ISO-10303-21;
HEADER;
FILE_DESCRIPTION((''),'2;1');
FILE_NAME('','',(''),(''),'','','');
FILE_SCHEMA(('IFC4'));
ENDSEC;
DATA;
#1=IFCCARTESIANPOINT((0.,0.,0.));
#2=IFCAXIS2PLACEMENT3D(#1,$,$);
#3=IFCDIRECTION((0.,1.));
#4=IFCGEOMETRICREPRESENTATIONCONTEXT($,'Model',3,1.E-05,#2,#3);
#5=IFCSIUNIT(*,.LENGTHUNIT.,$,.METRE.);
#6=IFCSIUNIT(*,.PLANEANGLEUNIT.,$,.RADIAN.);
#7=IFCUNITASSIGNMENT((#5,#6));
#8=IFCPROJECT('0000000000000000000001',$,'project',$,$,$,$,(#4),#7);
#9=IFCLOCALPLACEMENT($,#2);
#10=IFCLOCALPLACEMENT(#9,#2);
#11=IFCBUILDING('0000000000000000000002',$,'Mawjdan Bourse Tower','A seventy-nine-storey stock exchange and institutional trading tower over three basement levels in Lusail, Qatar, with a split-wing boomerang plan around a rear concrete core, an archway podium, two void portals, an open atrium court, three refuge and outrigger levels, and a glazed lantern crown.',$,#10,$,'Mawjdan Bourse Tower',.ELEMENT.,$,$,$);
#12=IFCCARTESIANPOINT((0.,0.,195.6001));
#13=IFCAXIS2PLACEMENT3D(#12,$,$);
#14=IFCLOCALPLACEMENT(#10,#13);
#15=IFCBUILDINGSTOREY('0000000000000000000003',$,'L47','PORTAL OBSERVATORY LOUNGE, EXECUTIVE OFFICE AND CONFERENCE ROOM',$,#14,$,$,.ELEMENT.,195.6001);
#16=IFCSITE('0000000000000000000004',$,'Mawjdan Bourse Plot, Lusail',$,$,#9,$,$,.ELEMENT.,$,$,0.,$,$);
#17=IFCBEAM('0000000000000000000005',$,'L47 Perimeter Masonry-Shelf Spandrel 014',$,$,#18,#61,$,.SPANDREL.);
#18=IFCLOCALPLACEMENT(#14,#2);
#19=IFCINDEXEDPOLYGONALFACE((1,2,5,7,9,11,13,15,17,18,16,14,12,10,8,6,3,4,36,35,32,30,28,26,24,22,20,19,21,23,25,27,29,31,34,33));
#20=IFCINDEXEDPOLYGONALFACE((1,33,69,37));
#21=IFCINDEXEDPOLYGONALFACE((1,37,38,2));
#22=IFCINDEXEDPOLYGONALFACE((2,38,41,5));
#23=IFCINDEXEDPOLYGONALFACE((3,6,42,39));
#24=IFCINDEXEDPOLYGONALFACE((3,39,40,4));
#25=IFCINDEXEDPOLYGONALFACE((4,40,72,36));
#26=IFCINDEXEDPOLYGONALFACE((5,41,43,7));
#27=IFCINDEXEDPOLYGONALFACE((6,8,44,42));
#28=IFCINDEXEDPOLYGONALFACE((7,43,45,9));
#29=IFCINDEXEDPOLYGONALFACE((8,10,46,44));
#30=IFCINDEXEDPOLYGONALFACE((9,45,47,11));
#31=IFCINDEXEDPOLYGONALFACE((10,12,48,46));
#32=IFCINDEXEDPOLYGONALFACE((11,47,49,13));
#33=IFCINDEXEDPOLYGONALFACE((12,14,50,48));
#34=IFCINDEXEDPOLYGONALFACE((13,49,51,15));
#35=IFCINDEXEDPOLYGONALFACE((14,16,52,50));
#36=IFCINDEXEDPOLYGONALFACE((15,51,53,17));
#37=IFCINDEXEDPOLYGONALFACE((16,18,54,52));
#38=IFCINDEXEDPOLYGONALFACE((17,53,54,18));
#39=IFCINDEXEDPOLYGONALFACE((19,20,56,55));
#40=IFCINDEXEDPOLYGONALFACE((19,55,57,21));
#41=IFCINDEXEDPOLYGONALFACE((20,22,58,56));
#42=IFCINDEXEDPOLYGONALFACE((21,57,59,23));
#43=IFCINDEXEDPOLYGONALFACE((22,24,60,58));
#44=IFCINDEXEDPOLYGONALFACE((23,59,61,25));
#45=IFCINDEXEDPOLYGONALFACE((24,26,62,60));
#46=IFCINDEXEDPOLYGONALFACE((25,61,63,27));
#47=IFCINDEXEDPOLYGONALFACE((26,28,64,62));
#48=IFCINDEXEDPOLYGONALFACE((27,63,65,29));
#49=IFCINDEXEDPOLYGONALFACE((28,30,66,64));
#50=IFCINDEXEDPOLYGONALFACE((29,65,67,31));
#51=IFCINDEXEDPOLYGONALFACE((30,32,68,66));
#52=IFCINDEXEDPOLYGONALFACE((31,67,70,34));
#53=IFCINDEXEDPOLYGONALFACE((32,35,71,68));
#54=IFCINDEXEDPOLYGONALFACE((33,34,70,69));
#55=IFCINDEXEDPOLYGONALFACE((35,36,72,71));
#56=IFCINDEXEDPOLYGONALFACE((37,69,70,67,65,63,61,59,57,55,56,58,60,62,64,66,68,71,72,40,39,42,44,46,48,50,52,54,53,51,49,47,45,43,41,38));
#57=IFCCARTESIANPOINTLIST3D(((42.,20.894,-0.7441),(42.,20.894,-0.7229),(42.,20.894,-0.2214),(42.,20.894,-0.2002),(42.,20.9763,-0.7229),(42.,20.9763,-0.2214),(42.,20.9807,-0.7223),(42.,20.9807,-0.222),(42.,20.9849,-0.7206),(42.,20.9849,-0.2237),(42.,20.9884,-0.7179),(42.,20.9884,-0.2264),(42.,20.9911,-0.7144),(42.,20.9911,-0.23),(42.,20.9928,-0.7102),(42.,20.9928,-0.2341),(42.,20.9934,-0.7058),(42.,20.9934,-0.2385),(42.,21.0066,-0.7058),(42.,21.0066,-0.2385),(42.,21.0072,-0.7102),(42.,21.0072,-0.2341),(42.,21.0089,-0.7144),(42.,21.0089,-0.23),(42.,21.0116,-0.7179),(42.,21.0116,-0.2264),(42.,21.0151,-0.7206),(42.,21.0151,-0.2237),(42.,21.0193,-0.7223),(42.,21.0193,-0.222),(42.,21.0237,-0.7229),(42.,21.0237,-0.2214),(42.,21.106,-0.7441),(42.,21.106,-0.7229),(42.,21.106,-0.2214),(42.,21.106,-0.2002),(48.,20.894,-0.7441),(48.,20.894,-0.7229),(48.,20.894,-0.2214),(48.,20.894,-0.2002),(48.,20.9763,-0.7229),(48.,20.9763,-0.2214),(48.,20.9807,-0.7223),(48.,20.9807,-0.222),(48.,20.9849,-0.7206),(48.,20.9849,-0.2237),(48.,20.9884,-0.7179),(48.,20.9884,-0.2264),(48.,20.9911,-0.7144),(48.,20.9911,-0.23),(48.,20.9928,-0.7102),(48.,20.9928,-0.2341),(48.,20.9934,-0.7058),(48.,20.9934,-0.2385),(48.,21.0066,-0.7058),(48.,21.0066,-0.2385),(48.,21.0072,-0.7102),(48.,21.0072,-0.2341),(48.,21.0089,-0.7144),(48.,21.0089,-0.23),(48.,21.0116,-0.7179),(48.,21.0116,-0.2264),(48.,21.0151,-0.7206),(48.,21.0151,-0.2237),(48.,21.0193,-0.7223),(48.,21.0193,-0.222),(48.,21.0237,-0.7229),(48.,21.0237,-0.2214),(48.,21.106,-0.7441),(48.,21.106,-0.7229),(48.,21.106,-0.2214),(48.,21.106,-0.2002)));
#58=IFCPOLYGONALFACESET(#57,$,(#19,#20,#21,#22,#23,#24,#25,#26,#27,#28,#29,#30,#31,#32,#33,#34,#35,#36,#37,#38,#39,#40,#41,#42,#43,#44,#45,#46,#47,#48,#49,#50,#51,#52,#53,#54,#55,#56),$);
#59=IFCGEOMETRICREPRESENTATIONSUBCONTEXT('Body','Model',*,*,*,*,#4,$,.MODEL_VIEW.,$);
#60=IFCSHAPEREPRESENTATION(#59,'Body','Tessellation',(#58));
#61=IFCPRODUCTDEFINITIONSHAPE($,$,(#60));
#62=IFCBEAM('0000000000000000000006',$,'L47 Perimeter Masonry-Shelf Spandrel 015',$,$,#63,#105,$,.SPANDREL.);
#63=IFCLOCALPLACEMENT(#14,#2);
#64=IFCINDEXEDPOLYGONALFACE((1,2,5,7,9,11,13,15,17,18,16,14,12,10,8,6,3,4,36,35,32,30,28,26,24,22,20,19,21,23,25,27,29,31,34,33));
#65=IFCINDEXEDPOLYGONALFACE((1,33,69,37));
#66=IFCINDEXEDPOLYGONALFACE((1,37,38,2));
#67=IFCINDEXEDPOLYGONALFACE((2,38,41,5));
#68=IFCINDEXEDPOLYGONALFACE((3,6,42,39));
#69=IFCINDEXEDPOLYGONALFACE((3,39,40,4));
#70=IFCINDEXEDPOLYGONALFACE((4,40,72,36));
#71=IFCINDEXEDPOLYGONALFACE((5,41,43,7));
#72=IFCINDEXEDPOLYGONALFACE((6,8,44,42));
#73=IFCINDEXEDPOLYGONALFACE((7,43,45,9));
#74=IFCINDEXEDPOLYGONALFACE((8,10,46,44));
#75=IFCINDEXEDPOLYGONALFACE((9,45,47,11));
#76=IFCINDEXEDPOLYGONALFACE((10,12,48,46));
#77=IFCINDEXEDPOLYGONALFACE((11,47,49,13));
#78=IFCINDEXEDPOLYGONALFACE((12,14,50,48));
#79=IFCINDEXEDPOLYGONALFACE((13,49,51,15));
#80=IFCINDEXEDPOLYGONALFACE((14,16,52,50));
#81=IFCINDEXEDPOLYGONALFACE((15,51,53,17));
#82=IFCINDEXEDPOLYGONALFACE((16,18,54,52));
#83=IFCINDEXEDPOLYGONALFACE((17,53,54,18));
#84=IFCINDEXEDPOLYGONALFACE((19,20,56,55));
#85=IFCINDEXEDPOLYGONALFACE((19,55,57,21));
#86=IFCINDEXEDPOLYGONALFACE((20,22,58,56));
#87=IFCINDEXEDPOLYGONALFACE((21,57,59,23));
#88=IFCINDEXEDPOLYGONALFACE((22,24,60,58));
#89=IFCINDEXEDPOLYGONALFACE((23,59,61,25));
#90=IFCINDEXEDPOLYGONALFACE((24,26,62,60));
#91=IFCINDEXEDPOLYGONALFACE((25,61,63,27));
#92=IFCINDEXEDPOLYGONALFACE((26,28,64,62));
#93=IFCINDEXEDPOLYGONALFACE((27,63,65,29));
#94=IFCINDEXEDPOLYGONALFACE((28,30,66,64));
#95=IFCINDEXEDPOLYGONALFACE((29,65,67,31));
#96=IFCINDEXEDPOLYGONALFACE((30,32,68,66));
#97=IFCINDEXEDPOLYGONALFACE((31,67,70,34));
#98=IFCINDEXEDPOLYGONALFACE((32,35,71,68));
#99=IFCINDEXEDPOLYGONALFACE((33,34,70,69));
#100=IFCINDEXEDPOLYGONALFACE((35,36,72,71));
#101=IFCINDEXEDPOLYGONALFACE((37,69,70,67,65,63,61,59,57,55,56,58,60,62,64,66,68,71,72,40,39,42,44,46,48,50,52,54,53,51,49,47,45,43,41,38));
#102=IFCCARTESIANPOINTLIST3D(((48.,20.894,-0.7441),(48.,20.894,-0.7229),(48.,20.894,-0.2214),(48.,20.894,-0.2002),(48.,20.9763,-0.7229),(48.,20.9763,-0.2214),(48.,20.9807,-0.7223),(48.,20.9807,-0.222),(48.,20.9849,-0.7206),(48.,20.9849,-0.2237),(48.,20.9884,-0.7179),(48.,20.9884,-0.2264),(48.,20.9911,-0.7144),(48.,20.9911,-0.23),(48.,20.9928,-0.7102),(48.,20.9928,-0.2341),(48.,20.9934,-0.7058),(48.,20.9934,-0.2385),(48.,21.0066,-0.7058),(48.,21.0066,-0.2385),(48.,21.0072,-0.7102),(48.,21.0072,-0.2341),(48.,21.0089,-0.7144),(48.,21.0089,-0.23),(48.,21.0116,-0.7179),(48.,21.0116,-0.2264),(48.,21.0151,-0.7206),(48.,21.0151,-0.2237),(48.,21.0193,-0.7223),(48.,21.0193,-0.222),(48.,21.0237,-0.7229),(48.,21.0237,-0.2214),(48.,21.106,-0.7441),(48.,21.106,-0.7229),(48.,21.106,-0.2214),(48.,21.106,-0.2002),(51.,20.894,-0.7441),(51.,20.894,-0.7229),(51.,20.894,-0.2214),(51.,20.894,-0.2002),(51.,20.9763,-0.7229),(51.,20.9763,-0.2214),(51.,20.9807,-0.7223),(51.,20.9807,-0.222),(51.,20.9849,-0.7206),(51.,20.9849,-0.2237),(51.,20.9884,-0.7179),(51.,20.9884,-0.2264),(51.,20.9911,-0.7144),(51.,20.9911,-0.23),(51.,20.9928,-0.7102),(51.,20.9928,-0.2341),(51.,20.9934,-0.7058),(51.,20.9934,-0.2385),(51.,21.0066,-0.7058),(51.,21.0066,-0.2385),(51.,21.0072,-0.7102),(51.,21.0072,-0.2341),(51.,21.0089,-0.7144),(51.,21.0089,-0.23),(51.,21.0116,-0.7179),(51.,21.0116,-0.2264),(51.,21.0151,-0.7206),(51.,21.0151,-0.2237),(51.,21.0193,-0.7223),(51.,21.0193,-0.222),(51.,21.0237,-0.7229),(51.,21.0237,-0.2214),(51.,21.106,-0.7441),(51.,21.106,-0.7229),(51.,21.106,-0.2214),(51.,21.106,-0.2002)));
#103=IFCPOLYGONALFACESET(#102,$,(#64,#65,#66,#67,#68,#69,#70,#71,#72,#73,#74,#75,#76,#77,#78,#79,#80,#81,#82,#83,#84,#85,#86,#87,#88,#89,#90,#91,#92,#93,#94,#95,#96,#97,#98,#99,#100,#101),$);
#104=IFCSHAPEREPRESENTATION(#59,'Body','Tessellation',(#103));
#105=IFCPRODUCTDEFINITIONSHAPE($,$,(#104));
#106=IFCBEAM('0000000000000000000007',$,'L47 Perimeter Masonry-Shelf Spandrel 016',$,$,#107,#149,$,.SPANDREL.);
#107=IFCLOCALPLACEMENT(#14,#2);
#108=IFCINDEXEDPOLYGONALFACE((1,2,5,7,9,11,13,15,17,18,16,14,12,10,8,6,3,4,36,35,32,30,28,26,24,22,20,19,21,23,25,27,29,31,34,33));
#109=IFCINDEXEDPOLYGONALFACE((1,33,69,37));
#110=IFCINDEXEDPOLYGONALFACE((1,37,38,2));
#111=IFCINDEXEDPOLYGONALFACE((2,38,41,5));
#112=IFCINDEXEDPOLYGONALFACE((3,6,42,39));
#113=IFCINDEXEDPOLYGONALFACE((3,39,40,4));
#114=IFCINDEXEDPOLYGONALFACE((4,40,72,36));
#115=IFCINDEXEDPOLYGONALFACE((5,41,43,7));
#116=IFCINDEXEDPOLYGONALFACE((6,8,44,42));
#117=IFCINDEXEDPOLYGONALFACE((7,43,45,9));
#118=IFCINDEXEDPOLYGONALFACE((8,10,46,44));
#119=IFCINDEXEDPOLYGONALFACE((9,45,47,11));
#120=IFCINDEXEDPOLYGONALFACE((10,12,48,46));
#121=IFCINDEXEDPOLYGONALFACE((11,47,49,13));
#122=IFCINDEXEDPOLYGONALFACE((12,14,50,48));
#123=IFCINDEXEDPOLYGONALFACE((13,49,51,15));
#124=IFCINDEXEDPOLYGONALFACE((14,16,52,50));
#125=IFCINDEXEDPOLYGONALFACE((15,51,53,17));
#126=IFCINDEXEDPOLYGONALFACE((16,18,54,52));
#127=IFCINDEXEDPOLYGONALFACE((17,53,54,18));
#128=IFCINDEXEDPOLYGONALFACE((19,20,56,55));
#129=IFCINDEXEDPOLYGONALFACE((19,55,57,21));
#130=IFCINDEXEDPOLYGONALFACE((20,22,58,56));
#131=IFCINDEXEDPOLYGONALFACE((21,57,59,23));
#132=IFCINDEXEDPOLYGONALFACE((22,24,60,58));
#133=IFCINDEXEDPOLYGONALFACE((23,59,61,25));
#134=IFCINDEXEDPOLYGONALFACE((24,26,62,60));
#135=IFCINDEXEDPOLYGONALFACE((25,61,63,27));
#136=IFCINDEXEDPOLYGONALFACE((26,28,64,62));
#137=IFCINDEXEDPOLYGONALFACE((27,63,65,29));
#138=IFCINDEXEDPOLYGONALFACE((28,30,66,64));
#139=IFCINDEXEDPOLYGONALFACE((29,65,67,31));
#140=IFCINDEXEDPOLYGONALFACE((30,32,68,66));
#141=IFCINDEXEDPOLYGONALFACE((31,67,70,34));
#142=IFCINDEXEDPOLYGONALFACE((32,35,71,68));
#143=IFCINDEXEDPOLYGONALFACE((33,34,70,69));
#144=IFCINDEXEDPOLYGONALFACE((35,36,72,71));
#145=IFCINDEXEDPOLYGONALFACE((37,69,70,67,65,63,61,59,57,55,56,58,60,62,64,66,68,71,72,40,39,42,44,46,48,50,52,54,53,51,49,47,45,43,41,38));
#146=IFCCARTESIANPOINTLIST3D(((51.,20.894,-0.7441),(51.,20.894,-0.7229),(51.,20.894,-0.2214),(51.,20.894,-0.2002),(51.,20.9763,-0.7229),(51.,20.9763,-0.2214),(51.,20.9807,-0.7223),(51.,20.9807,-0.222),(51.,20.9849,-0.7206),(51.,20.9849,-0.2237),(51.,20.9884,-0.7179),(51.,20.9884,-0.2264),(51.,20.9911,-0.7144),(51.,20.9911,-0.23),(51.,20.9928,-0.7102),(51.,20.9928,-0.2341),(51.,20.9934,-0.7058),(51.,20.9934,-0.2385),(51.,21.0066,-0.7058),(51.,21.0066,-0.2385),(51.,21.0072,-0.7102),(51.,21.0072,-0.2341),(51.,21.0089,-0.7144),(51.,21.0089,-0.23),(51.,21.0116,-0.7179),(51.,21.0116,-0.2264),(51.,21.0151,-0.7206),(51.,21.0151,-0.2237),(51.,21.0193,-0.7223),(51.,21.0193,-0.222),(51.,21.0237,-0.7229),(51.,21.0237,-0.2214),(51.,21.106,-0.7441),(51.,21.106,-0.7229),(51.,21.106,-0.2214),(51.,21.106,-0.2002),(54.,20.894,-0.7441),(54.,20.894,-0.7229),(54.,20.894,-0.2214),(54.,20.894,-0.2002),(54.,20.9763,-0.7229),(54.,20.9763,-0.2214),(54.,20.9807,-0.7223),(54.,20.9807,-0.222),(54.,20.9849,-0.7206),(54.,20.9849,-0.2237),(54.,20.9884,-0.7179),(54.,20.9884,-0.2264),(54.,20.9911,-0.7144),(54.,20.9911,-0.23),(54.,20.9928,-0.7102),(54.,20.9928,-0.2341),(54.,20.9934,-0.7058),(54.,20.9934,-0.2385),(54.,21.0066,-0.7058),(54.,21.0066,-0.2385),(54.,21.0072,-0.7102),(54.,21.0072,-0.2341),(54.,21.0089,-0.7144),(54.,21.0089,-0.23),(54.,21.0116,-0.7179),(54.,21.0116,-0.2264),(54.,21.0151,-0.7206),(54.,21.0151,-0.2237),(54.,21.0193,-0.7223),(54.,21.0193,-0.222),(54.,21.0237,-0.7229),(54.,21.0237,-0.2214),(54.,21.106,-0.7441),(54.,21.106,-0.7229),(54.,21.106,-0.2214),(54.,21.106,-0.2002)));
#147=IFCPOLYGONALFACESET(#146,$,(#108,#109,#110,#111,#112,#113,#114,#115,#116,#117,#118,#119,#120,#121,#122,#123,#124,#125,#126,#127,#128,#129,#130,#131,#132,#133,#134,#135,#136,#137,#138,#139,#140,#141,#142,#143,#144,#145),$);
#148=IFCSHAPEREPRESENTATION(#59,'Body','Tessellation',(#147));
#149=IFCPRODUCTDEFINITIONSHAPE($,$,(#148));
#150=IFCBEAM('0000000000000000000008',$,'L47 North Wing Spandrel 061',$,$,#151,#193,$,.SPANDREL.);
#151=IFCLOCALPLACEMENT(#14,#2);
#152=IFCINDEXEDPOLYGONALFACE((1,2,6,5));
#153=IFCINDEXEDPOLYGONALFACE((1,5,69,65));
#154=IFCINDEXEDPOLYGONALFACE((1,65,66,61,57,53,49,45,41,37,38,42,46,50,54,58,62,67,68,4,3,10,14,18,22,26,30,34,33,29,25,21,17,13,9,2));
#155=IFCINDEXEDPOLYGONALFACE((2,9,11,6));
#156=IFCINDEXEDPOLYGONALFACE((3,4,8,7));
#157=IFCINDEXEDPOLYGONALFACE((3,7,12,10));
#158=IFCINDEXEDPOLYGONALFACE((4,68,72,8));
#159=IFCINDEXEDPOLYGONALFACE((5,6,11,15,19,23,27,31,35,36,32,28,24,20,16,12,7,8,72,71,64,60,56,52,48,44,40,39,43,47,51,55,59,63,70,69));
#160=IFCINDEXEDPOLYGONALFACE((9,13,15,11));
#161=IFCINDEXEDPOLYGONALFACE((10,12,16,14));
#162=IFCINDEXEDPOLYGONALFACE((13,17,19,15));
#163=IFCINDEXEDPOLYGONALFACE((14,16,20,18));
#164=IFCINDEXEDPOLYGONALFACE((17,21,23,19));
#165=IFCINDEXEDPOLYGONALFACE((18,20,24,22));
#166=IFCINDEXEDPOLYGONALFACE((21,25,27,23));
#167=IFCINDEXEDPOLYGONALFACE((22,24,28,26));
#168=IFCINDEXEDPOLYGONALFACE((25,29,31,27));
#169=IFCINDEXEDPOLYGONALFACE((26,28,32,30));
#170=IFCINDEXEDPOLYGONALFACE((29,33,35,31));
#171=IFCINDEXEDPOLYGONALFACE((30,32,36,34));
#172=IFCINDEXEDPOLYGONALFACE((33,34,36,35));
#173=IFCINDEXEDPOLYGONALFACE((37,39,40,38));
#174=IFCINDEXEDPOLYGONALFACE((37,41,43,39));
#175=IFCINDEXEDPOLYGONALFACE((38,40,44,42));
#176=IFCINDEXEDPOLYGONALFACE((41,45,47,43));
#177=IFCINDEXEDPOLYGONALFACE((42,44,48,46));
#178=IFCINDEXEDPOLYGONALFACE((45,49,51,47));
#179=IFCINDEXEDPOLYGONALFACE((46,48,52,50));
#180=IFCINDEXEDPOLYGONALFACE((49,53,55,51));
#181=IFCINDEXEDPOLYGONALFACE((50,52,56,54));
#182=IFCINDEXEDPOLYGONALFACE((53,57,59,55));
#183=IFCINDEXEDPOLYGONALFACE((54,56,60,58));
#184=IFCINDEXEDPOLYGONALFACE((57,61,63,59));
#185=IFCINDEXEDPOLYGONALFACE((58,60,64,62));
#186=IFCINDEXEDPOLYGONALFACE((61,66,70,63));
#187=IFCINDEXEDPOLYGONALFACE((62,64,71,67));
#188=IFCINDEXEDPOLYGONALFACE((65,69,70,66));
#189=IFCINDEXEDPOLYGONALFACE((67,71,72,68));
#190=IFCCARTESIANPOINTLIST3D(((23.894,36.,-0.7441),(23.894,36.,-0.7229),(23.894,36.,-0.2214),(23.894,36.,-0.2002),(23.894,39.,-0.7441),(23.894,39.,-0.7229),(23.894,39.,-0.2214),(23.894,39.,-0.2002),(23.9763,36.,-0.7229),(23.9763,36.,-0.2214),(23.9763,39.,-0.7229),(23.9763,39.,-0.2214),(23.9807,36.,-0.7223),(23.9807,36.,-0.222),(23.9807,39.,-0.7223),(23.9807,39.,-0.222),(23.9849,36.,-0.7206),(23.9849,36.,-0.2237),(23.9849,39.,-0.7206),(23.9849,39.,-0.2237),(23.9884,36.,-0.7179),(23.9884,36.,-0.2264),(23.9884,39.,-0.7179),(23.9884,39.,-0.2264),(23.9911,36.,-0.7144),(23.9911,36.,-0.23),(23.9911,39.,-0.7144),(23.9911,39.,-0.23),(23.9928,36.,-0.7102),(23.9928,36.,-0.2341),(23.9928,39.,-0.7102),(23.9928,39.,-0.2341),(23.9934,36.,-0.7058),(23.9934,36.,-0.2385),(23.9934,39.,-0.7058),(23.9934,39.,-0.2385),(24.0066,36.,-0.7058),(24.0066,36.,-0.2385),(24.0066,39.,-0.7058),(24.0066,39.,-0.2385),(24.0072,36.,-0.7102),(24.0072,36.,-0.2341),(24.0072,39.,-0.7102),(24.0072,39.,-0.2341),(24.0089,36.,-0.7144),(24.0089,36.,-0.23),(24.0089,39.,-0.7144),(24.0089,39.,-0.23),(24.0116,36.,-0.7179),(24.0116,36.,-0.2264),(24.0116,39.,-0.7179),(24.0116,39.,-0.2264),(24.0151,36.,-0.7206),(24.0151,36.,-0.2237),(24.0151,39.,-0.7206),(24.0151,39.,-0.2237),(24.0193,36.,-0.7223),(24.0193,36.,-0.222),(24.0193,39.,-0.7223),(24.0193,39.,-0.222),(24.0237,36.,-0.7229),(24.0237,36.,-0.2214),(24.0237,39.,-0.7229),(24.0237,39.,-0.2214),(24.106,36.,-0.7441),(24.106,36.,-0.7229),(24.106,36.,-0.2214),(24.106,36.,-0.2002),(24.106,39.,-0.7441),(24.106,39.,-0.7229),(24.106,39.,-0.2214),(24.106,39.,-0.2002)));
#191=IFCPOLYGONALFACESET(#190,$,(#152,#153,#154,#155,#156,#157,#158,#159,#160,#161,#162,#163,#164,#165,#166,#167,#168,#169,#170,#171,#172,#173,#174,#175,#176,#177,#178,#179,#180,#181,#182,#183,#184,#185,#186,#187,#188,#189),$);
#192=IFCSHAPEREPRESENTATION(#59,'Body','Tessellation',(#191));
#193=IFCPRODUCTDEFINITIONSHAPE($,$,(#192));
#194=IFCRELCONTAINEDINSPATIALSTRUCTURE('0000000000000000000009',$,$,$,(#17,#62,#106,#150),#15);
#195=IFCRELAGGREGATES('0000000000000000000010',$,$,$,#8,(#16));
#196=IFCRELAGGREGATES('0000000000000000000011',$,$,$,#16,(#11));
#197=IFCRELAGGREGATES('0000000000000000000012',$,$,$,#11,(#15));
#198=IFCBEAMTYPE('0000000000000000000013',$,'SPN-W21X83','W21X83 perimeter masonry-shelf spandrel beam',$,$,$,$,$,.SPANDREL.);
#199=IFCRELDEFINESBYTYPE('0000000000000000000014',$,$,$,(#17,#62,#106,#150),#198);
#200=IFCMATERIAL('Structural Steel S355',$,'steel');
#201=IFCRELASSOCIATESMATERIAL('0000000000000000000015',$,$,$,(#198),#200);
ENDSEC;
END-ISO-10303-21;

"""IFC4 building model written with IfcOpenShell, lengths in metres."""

from ifc_helpers import new_model, si_unit, direction, frame, origin, origin_2d, place, context, subcontext, project, spatial, i_section, extrude, material, material_profile, profile_set, type_object, element, save


model = new_model("IFC4")

# Units and contexts
model_context = context("Model", 3, precision=1e-05, world=origin(), true_north=direction((0.0, 1.0)))
body_context = subcontext(model_context, "Body", "Model", "MODEL_VIEW")
ifc_project = project(units=[si_unit("LENGTHUNIT", "METRE"), si_unit("PLANEANGLEUNIT", "RADIAN")], contexts=[model_context])

# Site, building, storey
site_placement = place(None, origin())
site = spatial("IfcSite", under=ifc_project, at=site_placement, Name="Mawjdan Bourse Plot, Lusail", CompositionType="ELEMENT", RefElevation=0.0)
building_placement = place(site_placement, origin())
building = spatial("IfcBuilding", under=site, at=building_placement, Name="Mawjdan Bourse Tower", Description="A seventy-nine-storey stock exchange and institutional trading tower over three basement levels in Lusail, Qatar, with a split-wing boomerang plan around a rear concrete core, an archway podium, two void portals, an open atrium court, three refuge and outrigger levels, and a glazed lantern crown.", LongName="Mawjdan Bourse Tower", CompositionType="ELEMENT")
storey_placement = place(building_placement, frame((0.0, 0.0, 195.6001)))
storey = spatial("IfcBuildingStorey", under=building, at=storey_placement, Name="L47", Description="PORTAL OBSERVATORY LOUNGE, EXECUTIVE OFFICE AND CONFERENCE ROOM", CompositionType="ELEMENT", Elevation=195.6001)

# Beams
ifc_material_1 = material(Name="Structural Steel S355", Category="steel")
ifc_material_profile_1 = material_profile(ifc_material_1, i_section(OverallWidth=0.2119, OverallDepth=0.5439, WebThickness=0.0132, FlangeThickness=0.0212, FilletRadius=0.0171, at=origin_2d()), Name="W21X83")
ifc_profile_set_1 = profile_set([ifc_material_profile_1], Name="Structural Steel S355")
beam_type_1 = type_object("IfcBeamType", Name="SPN-W21X83", Description="W21X83 perimeter masonry-shelf spandrel beam", PredefinedType="SPANDREL", material=ifc_profile_set_1)
beam_1_placement = place(storey_placement, frame((42.0, 21.0, -0.4722), z_axis=(1.0, 0.0, 0.0), x_axis=(0.0, 1.0, 0.0)))
element("IfcBeam", 1, at=beam_1_placement, inside=storey, type_object=beam_type_1, Name="L47 Perimeter Masonry-Shelf Spandrel 014", PredefinedType="SPANDREL", context=body_context, shape_type="SweptSolid", body=[
    extrude(i_section(OverallWidth=0.2119, OverallDepth=0.5439, WebThickness=0.0132, FlangeThickness=0.0212, FilletRadius=0.0171, at=origin_2d()), origin(), (0.0, 0.0, 1.0), 6.0),
])
for number, where, z_axis, x_axis, name in (
    (2, (48.0, 21.0, -0.4722), (1.0, 0.0, 0.0), (0.0, 1.0, 0.0), "L47 Perimeter Masonry-Shelf Spandrel 015"),
    (3, (51.0, 21.0, -0.4722), (1.0, 0.0, 0.0), (0.0, 1.0, 0.0), "L47 Perimeter Masonry-Shelf Spandrel 016"),
    (4, (24.0, 36.0, -0.4722), (0.0, 1.0, 0.0), (-1.0, 0.0, 0.0), "L47 North Wing Spandrel 061"),
):
    element("IfcBeam", number, at=place(storey_placement, frame(where, z_axis=z_axis, x_axis=x_axis)), inside=storey, type_object=beam_type_1, Name=name, PredefinedType="SPANDREL", context=body_context, shape_type="SweptSolid", body=[
        extrude(i_section(OverallWidth=0.2119, OverallDepth=0.5439, WebThickness=0.0132, FlangeThickness=0.0212, FilletRadius=0.0171, at=origin_2d()), origin(), (0.0, 0.0, 1.0), 3.0),
    ])

save(model, "model.ifc")
